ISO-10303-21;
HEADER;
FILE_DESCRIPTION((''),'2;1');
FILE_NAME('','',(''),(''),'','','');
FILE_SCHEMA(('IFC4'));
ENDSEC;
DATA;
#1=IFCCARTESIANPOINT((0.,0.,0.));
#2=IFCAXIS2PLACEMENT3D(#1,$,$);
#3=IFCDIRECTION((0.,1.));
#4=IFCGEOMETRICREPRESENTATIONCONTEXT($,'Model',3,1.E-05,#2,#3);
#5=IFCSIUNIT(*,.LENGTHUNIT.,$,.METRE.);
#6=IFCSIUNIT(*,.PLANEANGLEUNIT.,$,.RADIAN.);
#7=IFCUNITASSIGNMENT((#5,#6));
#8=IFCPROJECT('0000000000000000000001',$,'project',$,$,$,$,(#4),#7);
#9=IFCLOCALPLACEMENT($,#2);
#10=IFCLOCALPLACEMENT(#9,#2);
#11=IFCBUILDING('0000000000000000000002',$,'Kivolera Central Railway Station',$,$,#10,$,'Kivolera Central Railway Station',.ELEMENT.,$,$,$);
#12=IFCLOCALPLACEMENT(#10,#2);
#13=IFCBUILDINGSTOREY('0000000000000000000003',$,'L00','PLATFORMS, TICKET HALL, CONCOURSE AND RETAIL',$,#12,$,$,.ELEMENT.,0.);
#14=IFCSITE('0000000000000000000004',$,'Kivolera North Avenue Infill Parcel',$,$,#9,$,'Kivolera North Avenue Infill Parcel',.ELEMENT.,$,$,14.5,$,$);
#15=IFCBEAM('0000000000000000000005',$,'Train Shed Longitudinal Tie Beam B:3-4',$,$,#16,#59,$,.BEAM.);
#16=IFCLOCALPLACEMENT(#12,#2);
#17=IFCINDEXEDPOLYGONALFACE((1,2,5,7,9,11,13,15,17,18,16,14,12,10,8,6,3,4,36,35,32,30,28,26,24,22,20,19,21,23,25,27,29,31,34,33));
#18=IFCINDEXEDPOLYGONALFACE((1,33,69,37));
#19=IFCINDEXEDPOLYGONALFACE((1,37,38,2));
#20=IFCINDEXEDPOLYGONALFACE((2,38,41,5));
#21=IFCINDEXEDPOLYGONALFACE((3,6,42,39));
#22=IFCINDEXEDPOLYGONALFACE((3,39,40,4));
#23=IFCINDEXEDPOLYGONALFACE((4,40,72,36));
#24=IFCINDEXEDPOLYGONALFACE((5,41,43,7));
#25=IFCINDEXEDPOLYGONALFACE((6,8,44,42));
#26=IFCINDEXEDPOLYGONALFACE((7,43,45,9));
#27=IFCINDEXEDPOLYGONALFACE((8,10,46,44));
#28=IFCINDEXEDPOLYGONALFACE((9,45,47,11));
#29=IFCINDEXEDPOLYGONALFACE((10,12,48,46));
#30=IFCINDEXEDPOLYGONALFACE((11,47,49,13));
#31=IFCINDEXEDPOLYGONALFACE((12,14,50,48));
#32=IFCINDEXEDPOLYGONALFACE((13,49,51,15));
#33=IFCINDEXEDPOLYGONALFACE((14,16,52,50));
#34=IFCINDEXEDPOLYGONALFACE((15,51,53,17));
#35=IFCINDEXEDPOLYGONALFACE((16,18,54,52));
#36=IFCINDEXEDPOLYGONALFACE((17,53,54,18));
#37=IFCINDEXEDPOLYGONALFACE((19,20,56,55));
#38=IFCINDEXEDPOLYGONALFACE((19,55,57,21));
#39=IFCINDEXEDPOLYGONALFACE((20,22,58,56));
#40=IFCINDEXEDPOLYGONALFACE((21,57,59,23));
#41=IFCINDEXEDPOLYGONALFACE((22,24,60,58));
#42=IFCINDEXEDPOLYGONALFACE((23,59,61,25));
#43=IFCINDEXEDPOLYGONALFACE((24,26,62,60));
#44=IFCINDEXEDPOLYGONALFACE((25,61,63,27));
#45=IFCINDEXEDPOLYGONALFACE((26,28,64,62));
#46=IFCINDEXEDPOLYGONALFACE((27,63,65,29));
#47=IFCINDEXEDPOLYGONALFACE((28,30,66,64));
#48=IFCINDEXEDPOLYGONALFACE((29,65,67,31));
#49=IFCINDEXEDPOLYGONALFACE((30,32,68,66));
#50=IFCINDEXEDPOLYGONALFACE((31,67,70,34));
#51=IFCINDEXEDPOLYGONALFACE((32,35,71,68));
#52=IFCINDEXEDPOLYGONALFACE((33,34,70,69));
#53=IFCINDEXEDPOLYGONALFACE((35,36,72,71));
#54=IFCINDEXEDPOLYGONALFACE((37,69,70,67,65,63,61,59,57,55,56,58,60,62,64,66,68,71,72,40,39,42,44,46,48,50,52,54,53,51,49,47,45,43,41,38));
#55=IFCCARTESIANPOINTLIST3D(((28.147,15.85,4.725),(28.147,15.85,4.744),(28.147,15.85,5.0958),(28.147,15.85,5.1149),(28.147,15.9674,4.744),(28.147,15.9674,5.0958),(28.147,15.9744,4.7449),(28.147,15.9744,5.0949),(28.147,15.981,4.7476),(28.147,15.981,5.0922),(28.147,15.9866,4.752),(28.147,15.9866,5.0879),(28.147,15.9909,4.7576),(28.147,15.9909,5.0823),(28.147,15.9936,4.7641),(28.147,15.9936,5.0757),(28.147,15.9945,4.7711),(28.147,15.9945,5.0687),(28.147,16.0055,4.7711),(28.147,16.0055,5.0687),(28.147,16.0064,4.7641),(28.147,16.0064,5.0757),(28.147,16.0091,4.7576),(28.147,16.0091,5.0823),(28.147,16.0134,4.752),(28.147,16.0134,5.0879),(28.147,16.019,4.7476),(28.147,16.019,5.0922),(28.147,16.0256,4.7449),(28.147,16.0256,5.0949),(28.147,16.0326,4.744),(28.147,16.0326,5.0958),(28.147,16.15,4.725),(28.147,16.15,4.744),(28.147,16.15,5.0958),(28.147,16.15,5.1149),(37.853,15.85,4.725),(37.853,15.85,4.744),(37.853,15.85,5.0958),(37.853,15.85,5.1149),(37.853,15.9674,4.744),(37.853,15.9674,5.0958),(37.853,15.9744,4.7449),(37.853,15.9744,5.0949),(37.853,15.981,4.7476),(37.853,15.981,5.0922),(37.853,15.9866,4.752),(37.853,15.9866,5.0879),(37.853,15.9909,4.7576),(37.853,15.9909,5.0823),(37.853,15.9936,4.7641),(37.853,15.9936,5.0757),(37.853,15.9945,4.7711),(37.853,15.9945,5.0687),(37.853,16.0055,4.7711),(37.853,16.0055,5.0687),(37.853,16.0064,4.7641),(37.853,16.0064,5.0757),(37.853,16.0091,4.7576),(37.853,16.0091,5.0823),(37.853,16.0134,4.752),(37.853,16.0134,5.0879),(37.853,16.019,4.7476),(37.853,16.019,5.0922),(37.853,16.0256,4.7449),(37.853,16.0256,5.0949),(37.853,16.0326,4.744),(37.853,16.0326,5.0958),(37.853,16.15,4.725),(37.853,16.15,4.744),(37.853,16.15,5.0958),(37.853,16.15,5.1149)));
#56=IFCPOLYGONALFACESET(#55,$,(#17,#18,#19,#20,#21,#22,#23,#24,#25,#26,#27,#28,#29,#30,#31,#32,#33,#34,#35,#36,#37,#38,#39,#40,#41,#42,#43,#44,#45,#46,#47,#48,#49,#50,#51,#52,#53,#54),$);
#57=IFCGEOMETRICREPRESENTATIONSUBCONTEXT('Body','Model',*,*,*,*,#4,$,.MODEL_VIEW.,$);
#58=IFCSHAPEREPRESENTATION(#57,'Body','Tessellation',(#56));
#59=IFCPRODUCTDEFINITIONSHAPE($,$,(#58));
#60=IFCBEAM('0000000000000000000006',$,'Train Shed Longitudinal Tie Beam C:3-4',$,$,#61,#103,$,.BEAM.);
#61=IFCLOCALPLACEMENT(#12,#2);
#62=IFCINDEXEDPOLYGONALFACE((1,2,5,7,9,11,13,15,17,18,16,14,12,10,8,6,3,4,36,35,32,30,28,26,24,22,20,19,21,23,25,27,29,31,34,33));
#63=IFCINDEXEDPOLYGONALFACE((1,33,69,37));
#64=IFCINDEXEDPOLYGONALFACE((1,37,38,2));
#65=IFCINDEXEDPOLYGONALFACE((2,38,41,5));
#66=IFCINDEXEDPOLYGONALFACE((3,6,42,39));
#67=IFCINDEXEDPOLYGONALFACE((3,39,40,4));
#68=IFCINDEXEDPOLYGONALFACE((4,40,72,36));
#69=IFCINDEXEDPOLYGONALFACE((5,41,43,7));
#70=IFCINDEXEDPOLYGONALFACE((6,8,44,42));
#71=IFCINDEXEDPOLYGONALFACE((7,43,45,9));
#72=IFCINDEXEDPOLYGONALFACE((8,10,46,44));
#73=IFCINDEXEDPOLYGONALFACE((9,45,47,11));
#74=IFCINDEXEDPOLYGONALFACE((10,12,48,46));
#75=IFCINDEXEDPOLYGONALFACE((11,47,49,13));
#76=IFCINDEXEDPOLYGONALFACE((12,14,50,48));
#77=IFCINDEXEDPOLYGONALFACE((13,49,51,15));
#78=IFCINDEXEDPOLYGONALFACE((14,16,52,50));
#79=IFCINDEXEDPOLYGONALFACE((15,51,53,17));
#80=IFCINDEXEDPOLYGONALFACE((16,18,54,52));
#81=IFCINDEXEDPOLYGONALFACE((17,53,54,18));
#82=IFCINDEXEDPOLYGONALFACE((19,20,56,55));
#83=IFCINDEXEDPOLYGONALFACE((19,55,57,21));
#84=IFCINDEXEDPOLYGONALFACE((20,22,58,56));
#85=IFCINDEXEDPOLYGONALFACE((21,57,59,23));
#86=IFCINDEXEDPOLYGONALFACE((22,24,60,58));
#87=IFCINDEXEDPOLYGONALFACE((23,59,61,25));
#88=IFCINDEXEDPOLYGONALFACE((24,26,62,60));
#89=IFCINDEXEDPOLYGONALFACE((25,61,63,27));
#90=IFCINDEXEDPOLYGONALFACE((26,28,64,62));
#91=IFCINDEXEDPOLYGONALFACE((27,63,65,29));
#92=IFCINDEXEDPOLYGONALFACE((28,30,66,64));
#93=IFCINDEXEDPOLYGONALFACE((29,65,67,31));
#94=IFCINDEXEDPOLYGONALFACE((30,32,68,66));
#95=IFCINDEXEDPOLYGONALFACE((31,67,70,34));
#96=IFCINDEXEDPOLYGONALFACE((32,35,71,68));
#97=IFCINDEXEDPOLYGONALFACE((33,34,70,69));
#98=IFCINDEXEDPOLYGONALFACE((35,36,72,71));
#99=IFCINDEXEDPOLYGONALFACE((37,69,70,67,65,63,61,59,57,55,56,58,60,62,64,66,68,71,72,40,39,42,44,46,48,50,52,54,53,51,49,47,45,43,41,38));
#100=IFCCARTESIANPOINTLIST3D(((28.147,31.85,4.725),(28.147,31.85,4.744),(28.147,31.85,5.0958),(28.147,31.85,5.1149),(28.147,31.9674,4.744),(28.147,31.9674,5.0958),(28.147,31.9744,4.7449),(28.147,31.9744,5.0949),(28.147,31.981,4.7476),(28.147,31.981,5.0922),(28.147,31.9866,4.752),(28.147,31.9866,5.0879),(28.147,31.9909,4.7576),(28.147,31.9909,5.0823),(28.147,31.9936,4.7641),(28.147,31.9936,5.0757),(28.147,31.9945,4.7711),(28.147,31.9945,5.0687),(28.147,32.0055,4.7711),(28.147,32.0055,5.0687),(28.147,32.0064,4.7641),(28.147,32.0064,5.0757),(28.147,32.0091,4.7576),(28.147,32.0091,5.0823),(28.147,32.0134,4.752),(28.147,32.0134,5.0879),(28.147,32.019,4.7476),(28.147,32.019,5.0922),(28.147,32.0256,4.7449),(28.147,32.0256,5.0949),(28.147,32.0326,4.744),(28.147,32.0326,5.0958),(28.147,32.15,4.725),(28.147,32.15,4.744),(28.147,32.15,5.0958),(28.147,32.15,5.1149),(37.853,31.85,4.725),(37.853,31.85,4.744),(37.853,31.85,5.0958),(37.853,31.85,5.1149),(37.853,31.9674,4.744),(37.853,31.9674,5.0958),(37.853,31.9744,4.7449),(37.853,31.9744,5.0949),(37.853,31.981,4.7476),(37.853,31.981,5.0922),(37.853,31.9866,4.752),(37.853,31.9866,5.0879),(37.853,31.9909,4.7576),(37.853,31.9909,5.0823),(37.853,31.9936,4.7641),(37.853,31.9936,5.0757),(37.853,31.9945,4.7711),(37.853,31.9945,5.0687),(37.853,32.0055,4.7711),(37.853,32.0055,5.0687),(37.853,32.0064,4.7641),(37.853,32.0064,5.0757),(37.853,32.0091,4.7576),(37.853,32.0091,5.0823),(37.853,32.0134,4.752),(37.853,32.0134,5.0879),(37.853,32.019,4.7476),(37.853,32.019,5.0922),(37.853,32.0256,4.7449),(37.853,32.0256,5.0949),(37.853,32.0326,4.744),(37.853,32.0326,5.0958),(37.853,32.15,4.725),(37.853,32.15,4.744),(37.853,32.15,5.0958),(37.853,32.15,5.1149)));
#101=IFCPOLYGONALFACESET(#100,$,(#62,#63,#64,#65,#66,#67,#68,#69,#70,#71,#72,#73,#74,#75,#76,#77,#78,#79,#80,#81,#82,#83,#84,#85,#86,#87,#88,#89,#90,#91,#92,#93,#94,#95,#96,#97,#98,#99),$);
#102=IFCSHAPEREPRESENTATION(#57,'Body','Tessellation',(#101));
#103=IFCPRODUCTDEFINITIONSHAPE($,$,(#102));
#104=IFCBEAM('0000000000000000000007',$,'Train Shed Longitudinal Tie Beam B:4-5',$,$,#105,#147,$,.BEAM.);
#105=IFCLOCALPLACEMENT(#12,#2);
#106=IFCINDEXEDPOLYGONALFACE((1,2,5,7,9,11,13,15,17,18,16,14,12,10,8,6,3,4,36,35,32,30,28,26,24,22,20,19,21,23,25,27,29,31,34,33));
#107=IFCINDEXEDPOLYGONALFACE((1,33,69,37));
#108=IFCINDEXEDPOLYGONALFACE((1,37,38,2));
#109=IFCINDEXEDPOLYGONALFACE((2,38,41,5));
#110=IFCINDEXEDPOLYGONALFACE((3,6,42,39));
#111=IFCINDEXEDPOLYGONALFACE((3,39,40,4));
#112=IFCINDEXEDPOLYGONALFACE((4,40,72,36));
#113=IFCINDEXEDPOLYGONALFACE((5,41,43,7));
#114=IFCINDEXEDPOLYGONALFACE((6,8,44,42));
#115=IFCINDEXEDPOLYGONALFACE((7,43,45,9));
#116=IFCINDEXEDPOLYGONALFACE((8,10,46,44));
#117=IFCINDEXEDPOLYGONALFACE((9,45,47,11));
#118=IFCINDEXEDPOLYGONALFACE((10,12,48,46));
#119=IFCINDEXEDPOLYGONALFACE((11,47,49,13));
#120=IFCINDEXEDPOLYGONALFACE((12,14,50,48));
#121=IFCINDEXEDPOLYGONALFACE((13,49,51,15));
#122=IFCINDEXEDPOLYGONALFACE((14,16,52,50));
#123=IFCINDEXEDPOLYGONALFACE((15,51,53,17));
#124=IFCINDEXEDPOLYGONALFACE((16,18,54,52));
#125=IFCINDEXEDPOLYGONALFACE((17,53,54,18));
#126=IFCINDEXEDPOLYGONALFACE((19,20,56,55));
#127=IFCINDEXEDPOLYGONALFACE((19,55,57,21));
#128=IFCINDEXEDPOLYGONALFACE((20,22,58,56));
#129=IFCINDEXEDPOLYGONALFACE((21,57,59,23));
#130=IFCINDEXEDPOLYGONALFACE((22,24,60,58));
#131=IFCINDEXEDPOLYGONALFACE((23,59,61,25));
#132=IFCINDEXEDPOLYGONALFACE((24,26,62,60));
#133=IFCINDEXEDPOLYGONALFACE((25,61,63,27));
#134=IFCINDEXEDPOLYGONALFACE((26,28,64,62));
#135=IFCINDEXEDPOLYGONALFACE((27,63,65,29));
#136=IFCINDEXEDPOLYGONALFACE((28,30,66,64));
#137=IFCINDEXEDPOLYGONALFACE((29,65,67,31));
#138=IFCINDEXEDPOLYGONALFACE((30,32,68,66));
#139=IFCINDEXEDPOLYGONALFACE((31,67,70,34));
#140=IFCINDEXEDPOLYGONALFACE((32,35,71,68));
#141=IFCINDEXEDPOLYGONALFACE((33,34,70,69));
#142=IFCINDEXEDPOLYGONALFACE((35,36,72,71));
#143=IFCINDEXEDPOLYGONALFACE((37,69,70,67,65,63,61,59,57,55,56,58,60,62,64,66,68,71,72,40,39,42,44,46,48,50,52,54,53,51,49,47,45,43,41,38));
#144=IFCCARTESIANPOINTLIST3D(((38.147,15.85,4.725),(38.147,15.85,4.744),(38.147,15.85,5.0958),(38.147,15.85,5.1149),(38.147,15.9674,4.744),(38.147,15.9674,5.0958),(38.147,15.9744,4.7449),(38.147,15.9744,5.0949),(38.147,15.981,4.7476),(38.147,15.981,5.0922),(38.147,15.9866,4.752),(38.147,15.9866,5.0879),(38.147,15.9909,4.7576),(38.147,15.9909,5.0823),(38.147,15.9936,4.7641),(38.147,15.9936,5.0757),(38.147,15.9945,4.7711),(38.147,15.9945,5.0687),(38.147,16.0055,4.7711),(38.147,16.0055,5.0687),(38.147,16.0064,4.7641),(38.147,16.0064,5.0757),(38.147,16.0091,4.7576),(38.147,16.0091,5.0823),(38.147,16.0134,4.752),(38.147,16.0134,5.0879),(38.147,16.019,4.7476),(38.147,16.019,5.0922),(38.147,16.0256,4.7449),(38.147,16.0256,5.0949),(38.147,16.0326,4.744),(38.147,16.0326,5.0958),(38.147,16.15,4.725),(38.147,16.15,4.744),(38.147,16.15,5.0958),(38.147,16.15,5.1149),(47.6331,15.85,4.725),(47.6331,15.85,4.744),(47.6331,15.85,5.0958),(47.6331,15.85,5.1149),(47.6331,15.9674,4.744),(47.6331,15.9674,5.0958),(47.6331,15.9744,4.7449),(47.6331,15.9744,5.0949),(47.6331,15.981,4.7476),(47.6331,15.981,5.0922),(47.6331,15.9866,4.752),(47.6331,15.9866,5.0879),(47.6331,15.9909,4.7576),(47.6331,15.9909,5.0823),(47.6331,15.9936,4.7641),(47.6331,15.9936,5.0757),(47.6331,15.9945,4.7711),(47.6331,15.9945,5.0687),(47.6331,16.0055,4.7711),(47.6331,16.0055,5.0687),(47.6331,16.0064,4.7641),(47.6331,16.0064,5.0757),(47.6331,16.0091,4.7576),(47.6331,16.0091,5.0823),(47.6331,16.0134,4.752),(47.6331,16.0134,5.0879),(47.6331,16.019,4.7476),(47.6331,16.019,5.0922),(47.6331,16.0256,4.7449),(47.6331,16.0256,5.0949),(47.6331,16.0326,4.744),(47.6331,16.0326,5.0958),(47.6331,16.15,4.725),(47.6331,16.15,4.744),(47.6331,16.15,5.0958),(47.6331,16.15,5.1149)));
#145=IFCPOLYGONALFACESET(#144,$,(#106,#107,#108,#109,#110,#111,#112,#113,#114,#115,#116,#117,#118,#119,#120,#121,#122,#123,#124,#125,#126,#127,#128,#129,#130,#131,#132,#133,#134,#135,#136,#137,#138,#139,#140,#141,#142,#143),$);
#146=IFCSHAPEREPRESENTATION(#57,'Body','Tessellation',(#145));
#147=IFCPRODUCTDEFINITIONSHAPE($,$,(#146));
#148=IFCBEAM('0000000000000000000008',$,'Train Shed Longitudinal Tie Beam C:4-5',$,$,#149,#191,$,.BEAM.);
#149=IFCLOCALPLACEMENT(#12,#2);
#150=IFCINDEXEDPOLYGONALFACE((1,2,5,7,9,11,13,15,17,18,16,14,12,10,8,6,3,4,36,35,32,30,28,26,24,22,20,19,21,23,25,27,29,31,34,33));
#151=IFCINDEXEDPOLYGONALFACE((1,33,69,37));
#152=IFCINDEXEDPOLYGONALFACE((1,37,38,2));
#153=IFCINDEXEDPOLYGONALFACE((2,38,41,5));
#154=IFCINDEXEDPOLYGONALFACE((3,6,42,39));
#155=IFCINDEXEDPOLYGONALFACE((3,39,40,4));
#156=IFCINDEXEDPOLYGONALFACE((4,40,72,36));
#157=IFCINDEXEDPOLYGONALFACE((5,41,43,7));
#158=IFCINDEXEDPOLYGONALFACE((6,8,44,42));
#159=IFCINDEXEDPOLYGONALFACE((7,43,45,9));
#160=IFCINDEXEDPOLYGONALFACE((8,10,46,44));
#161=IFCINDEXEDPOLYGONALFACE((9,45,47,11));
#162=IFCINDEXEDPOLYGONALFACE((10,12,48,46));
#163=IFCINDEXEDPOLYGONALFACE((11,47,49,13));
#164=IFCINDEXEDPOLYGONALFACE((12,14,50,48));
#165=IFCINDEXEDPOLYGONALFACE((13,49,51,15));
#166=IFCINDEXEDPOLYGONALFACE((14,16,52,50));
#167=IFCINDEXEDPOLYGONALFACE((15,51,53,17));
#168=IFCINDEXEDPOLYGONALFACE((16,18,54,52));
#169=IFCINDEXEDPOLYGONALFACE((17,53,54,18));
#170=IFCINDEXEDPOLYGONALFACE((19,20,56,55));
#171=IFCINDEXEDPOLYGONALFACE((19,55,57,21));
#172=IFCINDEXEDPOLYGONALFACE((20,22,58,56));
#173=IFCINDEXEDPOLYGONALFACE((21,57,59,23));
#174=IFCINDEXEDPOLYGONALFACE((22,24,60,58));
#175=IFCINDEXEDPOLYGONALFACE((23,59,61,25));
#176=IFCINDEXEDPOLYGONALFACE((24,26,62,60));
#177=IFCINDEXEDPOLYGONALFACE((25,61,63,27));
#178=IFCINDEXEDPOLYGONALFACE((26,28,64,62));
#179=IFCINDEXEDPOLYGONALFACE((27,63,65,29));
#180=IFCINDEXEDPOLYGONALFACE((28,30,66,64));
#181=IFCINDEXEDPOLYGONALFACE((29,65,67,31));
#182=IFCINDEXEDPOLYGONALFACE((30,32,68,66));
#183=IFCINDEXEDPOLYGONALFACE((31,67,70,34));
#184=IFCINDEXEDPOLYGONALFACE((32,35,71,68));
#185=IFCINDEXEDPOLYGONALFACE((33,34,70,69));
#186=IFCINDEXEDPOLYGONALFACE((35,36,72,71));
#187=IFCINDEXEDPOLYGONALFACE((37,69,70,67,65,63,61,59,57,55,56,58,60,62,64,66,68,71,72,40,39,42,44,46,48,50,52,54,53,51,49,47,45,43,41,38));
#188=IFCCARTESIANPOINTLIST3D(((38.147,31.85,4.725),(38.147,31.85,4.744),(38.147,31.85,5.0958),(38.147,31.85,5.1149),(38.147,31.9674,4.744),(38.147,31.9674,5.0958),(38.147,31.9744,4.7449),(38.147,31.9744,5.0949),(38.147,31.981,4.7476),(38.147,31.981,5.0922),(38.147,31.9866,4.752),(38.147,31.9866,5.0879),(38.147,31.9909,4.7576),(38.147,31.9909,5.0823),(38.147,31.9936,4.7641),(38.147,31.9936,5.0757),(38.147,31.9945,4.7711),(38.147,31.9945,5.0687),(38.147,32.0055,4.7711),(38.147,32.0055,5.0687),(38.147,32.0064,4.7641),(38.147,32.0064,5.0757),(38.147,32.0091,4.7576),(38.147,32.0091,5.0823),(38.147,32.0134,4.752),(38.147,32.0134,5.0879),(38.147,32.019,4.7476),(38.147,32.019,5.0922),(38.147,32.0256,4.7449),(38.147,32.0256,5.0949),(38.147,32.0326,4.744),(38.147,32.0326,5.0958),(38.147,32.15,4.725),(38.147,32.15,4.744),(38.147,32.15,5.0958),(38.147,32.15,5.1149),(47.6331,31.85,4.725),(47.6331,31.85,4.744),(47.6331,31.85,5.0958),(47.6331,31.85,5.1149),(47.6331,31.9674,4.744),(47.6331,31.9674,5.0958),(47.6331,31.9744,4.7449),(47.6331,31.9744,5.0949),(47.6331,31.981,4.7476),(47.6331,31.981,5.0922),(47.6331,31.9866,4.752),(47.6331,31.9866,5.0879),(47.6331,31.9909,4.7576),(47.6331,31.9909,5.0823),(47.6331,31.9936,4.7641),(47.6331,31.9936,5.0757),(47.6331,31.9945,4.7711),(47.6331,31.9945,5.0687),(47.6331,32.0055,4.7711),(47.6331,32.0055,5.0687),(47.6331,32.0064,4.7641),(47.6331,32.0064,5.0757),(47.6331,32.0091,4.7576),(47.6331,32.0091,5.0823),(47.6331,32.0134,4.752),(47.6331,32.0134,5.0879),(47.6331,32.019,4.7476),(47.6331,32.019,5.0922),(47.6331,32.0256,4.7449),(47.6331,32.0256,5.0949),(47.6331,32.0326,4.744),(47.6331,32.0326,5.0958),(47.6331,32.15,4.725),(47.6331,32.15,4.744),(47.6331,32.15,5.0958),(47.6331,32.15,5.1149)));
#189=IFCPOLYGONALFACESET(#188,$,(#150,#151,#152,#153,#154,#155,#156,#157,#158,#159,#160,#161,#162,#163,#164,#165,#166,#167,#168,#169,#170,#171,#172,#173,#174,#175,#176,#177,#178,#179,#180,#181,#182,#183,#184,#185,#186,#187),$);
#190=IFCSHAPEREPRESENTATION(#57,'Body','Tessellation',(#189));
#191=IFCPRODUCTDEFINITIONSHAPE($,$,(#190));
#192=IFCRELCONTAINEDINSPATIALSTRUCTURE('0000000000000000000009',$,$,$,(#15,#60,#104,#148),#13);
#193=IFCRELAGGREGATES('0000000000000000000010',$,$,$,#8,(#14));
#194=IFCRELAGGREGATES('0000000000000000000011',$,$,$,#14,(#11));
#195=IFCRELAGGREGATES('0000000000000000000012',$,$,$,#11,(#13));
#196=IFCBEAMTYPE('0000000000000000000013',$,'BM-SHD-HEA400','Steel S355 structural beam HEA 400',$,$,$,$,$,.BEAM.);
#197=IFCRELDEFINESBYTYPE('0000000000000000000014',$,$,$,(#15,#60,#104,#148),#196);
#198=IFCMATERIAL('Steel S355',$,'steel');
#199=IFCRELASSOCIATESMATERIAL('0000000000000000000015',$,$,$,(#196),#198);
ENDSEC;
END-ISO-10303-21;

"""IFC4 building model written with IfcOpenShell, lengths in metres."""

from ifc_helpers import new_model, si_unit, direction, frame, origin, origin_2d, place, context, subcontext, project, spatial, i_section, extrude, material, material_profile, profile_set, type_object, element, save


model = new_model("IFC4")

# Units and contexts
model_context = context("Model", 3, precision=1e-05, world=origin(), true_north=direction((0.0, 1.0)))
body_context = subcontext(model_context, "Body", "Model", "MODEL_VIEW")
ifc_project = project(units=[si_unit("LENGTHUNIT", "METRE"), si_unit("PLANEANGLEUNIT", "RADIAN")], contexts=[model_context])

# Site, building, storey
site_placement = place(None, origin())
site = spatial("IfcSite", under=ifc_project, at=site_placement, Name="Kivolera North Avenue Infill Parcel", LongName="Kivolera North Avenue Infill Parcel", CompositionType="ELEMENT", RefElevation=14.5)
building_placement = place(site_placement, origin())
building = spatial("IfcBuilding", under=site, at=building_placement, Name="Kivolera Central Railway Station", LongName="Kivolera Central Railway Station", CompositionType="ELEMENT")
storey_placement = place(building_placement, origin())
storey = spatial("IfcBuildingStorey", under=building, at=storey_placement, Name="L00", Description="PLATFORMS, TICKET HALL, CONCOURSE AND RETAIL", CompositionType="ELEMENT", Elevation=0.0)

# Shared definitions
ifc_material_1 = material(Name="Steel S355", Category="steel")

# Beams
ifc_material_profile_1 = material_profile(ifc_material_1, i_section(OverallWidth=0.3, OverallDepth=0.3899, WebThickness=0.011, FlangeThickness=0.019, FilletRadius=0.0271, at=origin_2d()), Name="HEA 400")
ifc_profile_set_1 = profile_set([ifc_material_profile_1], Name="Steel S355")
beam_type = type_object("IfcBeamType", Name="BM-SHD-HEA400", Description="Steel S355 structural beam HEA 400", PredefinedType="BEAM", material=ifc_profile_set_1)
for number, where, z_axis, x_axis, name in (
    (1, (28.147, 16.0, 4.9199), (1.0, 0.0, 0.0), (0.0, 1.0, 0.0), "Train Shed Longitudinal Tie Beam B:3-4"),
    (2, (28.147, 32.0, 4.9199), (1.0, 0.0, 0.0), (0.0, 1.0, 0.0), "Train Shed Longitudinal Tie Beam C:3-4"),
):
    element("IfcBeam", number, at=place(storey_placement, frame(where, z_axis=z_axis, x_axis=x_axis)), inside=storey, type_object=beam_type, Name=name, PredefinedType="BEAM", context=body_context, shape_type="SweptSolid", body=[
        extrude(i_section(OverallWidth=0.3, OverallDepth=0.3899, WebThickness=0.011, FlangeThickness=0.019, FilletRadius=0.0271, at=origin_2d()), origin(), (0.0, 0.0, 1.0), 9.7061),
    ])
for number, where, z_axis, x_axis, name in (
    (3, (38.147, 16.0, 4.9199), (1.0, 0.0, 0.0), (0.0, 1.0, 0.0), "Train Shed Longitudinal Tie Beam B:4-5"),
    (4, (38.147, 32.0, 4.9199), (1.0, 0.0, 0.0), (0.0, 1.0, 0.0), "Train Shed Longitudinal Tie Beam C:4-5"),
):
    element("IfcBeam", number, at=place(storey_placement, frame(where, z_axis=z_axis, x_axis=x_axis)), inside=storey, type_object=beam_type, Name=name, PredefinedType="BEAM", context=body_context, shape_type="SweptSolid", body=[
        extrude(i_section(OverallWidth=0.3, OverallDepth=0.3899, WebThickness=0.011, FlangeThickness=0.019, FilletRadius=0.0271, at=origin_2d()), origin(), (0.0, 0.0, 1.0), 9.4861),
    ])

save(model, "model.ifc")
